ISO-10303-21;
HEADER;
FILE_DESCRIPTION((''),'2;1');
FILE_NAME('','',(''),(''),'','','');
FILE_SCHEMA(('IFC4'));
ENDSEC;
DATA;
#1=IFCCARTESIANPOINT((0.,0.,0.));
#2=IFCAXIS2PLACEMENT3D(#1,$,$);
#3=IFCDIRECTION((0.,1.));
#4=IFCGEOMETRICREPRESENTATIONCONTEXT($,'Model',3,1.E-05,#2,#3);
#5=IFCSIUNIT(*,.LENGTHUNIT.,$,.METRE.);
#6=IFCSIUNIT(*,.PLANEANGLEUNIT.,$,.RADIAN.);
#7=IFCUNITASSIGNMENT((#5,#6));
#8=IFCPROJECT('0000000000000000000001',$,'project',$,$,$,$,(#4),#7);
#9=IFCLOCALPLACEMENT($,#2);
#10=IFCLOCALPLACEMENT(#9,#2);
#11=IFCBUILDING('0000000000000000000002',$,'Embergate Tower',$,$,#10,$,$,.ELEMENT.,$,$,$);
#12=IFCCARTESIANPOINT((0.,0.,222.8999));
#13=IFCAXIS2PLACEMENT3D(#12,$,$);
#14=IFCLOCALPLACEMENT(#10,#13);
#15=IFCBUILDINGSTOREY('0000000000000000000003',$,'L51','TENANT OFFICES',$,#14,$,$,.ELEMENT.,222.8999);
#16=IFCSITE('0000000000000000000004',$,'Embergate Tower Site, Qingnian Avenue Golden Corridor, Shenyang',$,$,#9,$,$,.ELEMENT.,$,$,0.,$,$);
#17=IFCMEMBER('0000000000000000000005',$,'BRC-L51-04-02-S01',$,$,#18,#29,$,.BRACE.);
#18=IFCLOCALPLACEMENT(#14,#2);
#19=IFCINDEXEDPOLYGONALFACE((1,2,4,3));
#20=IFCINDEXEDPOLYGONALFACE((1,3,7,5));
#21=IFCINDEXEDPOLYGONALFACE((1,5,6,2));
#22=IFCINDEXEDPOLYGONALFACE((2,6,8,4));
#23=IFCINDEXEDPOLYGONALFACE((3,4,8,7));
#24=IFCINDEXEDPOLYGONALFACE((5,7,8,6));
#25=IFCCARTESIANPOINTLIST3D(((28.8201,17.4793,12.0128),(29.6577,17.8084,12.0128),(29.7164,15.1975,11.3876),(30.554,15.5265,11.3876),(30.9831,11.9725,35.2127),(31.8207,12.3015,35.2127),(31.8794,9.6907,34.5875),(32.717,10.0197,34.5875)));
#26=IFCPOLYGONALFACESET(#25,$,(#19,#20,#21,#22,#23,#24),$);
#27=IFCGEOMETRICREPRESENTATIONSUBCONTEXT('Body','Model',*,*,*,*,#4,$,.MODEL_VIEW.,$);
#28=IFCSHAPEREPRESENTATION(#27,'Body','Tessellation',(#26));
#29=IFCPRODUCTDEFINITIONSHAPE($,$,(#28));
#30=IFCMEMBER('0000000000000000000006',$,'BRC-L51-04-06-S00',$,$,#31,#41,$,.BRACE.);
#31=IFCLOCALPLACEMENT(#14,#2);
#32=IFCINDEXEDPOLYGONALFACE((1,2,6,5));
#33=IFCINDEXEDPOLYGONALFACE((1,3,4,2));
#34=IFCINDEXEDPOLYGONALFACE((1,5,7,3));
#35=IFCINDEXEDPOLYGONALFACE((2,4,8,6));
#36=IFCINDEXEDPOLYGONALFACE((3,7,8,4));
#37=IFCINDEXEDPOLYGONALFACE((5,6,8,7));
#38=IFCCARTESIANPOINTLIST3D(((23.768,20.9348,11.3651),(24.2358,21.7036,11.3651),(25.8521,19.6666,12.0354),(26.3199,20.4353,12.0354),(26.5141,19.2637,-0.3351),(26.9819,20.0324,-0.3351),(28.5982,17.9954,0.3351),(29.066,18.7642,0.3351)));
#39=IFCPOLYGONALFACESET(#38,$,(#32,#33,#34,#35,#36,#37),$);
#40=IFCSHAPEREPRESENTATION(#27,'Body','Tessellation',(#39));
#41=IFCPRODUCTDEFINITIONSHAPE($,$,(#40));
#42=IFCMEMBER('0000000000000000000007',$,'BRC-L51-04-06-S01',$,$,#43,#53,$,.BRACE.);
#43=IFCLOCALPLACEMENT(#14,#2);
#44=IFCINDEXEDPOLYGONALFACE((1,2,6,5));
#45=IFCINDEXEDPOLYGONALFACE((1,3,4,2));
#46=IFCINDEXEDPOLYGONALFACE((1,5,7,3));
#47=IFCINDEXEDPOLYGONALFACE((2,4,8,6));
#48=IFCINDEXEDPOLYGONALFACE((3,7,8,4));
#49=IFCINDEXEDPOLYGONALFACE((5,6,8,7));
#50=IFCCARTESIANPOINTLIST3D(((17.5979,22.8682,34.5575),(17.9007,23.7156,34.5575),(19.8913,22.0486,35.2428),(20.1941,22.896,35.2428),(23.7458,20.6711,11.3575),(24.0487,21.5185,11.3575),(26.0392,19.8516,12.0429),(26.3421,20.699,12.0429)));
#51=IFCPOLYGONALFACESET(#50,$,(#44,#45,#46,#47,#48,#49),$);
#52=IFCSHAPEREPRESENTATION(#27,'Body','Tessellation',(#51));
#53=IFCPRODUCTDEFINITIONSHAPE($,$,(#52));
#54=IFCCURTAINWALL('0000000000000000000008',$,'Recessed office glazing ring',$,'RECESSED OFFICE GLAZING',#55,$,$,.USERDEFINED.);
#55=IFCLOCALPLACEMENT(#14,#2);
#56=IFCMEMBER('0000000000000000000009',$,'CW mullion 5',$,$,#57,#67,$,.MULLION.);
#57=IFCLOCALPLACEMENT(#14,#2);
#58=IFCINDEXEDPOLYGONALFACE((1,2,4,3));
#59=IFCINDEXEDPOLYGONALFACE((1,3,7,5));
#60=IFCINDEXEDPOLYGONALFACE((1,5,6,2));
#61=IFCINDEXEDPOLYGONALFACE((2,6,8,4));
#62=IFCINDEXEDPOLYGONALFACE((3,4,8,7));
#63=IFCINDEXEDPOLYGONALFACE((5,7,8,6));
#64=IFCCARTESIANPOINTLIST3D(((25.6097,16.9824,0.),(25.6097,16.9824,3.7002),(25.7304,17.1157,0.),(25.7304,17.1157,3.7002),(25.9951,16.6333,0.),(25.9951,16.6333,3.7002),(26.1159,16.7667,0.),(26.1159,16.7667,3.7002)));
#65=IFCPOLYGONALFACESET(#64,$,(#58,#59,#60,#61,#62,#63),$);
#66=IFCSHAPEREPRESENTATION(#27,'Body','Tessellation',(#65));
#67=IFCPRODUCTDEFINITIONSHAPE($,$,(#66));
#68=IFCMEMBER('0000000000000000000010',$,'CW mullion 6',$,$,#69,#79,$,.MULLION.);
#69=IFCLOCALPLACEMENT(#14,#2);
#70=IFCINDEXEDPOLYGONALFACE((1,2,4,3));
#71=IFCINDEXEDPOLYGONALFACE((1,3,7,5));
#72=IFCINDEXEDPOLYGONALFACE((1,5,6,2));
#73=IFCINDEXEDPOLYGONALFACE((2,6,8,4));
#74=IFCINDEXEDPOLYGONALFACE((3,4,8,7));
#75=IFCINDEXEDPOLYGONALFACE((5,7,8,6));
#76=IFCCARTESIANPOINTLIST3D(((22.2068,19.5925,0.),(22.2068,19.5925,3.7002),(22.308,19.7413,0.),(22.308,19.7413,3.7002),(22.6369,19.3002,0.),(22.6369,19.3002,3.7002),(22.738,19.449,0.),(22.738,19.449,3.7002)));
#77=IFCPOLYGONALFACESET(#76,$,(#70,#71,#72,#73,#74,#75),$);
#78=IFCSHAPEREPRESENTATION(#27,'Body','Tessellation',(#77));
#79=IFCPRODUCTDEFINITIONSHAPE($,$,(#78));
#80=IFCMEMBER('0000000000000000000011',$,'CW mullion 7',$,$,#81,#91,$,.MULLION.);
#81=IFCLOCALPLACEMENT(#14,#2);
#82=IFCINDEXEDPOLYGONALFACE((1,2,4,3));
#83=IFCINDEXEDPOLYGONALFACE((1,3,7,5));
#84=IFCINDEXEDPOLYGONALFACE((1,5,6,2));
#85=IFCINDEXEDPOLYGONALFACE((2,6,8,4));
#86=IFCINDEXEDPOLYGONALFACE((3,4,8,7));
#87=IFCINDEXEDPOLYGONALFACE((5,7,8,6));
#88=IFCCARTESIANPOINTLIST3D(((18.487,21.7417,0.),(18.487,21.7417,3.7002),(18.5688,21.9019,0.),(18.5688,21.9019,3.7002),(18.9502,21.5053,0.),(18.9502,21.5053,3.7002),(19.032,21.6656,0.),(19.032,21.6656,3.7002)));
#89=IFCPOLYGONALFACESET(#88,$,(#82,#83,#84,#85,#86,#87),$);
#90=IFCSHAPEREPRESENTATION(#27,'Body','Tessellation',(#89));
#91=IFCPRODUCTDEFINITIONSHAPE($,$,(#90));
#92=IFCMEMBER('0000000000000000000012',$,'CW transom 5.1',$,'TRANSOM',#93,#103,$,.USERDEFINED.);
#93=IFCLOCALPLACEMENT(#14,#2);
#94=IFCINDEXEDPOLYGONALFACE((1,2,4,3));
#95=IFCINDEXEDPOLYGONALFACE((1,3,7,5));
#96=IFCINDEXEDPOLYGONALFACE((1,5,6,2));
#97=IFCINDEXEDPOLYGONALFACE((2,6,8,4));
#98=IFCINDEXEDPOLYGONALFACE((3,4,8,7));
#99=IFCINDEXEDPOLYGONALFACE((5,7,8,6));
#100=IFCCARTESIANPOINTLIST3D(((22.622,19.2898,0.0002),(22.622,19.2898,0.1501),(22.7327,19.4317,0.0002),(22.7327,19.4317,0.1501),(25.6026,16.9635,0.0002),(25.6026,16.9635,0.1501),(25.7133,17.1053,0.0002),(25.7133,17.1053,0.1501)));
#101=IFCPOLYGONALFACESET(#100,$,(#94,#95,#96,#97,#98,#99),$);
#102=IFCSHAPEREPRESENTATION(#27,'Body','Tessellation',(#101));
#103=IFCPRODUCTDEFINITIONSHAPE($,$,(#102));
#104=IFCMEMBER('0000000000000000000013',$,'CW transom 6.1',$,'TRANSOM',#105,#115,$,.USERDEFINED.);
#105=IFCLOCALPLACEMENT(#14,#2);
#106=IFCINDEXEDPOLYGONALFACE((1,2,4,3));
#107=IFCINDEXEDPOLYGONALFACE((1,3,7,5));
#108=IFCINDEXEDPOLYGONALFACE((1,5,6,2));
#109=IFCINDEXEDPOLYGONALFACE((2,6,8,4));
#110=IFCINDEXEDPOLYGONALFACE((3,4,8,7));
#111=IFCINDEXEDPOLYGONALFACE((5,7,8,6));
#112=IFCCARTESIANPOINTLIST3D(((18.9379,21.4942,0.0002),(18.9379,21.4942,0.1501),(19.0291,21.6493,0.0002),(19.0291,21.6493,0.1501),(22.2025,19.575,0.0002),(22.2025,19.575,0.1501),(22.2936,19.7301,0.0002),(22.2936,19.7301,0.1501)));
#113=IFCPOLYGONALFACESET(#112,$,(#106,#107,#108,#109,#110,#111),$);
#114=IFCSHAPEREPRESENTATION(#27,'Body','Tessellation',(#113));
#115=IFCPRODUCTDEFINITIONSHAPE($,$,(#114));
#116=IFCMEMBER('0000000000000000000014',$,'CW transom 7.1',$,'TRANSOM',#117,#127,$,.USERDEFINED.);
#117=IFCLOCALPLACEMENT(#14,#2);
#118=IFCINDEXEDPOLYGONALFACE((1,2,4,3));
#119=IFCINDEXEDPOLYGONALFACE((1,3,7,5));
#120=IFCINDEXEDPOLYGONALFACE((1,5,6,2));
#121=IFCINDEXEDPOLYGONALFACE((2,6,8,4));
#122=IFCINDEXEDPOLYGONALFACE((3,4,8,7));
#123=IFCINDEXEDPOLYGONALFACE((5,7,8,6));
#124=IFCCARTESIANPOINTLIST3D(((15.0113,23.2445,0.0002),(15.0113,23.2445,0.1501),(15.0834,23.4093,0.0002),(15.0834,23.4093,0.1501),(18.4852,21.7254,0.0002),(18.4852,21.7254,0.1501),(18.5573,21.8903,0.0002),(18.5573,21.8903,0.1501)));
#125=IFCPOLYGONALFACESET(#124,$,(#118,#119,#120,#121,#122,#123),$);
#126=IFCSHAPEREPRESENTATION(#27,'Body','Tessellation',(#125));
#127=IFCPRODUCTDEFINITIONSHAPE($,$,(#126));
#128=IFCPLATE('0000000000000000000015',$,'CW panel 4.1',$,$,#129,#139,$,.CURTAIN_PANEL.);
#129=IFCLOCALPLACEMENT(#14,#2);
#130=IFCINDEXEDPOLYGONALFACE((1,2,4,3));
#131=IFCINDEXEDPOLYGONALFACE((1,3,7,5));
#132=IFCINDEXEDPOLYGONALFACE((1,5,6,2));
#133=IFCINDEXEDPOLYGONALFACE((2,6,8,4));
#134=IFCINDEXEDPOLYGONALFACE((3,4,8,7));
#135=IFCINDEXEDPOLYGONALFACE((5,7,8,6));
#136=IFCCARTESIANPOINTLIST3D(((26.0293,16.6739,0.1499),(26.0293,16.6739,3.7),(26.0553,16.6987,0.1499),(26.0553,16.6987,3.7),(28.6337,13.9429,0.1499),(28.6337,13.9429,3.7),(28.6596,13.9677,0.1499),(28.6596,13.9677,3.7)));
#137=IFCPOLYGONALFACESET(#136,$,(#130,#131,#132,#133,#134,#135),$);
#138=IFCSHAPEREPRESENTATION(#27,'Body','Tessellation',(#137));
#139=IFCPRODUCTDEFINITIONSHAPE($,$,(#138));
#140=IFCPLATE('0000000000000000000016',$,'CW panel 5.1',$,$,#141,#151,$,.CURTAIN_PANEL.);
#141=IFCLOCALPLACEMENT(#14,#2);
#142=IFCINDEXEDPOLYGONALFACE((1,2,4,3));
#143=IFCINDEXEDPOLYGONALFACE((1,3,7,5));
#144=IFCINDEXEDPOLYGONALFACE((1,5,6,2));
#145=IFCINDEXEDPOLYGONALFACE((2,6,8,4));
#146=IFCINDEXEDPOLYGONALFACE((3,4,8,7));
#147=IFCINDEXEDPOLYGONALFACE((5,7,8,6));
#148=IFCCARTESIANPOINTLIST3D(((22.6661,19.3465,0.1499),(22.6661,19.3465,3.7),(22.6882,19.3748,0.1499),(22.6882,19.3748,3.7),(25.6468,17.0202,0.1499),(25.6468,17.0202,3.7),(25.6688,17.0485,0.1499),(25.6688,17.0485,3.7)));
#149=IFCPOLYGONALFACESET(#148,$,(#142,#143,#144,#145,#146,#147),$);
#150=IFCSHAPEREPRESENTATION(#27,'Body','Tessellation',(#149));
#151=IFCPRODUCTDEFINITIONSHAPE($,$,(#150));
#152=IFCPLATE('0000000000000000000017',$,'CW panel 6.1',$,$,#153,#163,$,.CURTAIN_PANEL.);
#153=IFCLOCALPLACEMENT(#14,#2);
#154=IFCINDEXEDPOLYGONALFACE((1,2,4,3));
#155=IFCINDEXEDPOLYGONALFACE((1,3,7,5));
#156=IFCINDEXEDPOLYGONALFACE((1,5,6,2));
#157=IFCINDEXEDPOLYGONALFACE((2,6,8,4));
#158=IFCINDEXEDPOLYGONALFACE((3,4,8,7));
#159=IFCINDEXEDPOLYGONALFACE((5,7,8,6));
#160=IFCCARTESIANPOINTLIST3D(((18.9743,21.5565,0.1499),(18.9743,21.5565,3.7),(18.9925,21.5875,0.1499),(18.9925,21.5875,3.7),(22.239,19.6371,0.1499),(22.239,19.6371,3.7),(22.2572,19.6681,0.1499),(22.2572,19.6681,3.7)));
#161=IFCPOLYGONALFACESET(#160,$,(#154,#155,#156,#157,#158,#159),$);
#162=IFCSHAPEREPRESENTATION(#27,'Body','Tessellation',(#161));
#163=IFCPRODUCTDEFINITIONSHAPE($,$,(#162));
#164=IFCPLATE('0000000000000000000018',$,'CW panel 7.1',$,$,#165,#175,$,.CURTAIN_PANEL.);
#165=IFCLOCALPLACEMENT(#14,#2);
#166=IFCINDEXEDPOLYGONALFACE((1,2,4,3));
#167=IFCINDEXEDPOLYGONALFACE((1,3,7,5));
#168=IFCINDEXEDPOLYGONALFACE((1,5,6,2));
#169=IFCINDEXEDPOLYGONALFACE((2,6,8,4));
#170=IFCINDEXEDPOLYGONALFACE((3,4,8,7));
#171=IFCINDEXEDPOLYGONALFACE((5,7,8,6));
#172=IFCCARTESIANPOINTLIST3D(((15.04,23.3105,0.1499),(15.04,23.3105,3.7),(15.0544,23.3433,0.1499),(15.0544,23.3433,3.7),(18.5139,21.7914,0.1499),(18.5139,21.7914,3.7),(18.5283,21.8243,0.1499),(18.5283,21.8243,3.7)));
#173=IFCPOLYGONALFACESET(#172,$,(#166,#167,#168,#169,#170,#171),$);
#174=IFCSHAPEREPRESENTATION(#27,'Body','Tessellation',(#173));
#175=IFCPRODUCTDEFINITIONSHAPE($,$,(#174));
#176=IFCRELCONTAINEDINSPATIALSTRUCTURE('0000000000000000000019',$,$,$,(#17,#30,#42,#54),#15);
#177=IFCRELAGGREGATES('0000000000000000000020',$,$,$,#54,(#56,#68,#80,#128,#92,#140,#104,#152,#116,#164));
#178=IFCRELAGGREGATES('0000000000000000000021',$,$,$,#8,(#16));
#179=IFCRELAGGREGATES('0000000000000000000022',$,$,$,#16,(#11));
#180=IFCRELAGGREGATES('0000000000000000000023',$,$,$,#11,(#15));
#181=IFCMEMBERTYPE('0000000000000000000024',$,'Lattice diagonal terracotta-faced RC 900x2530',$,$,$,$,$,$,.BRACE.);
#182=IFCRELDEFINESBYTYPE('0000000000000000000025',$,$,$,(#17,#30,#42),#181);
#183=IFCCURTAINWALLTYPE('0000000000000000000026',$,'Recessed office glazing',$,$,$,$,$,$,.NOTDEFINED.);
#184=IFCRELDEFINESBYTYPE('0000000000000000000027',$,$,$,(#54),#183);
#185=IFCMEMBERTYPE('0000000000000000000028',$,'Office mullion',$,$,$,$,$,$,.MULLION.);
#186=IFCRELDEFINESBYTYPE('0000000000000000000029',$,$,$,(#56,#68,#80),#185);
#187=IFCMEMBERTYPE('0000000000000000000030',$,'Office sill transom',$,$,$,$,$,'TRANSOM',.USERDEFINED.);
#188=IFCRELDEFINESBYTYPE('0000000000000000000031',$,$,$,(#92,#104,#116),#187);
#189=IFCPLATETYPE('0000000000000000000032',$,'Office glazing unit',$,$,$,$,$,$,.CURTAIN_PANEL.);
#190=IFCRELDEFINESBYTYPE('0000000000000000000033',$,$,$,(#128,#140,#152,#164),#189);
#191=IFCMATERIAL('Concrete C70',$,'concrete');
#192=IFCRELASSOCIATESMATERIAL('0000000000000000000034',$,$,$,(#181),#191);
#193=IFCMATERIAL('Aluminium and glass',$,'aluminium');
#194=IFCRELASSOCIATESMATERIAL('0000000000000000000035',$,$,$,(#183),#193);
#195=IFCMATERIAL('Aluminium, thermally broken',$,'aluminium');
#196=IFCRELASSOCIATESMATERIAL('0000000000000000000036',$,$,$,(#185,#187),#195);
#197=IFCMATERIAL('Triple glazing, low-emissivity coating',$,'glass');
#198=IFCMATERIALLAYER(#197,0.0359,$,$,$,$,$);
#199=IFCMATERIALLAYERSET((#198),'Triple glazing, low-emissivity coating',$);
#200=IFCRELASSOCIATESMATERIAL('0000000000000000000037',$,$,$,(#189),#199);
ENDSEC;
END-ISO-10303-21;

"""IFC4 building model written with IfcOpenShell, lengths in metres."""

from ifc_helpers import new_model, si_unit, direction, frame, origin, origin_2d, place, context, subcontext, project, spatial, rectangle, extrude, source, transform, mapped, material, layer, layer_set, material_profile, profile_set, type_object, element, aggregate, save


model = new_model("IFC4")

# Units and contexts
model_context = context("Model", 3, precision=1e-05, world=origin(), true_north=direction((0.0, 1.0)))
body_context = subcontext(model_context, "Body", "Model", "MODEL_VIEW")
ifc_project = project(units=[si_unit("LENGTHUNIT", "METRE"), si_unit("PLANEANGLEUNIT", "RADIAN")], contexts=[model_context])

# Site, building, storey
site_placement = place(None, origin())
site = spatial("IfcSite", under=ifc_project, at=site_placement, Name="Embergate Tower Site, Qingnian Avenue Golden Corridor, Shenyang", CompositionType="ELEMENT", RefElevation=0.0)
building_placement = place(site_placement, origin())
building = spatial("IfcBuilding", under=site, at=building_placement, Name="Embergate Tower", CompositionType="ELEMENT")
storey_placement = place(building_placement, frame((0.0, 0.0, 222.8999)))
storey = spatial("IfcBuildingStorey", under=building, at=storey_placement, Name="L51", Description="TENANT OFFICES", CompositionType="ELEMENT", Elevation=222.8999)

# Members
ifc_material_1 = material(Name="Concrete C70", Category="concrete")
ifc_material_profile_1 = material_profile(ifc_material_1, rectangle(XDim=0.8999, YDim=2.53, at=origin_2d()), Name="RC 900x2530")
ifc_profile_set_1 = profile_set([ifc_material_profile_1], Name="Concrete C70")
member_type_1 = type_object("IfcMemberType", Name="Lattice diagonal terracotta-faced RC 900x2530", PredefinedType="BRACE", material=ifc_profile_set_1)
shared_shape_1 = source(origin(), body_context, "Body", "SweptSolid", [
    extrude(rectangle(XDim=0.8999, YDim=2.53, at=origin_2d()), origin(), (0.0, 0.0, 1.0), 23.9424),
])
member_1_placement = place(storey_placement, frame((29.687, 16.5029, 11.7002), z_axis=(0.090345, -0.230003, 0.968987), x_axis=(0.93077, 0.365606, 0.0)))
element("IfcMember", 1, at=member_1_placement, inside=storey, type_object=member_type_1, Name="BRC-L51-04-02-S01", PredefinedType="BRACE", context=body_context, shape_type="MappedRepresentation", body=[
    mapped(shared_shape_1, transform((0.0, 0.0, 0.0))),
])
shared_shape_2 = source(origin(), body_context, "Body", "SweptSolid", [
    extrude(rectangle(XDim=0.8999, YDim=2.53, at=origin_2d()), origin(), (0.0, 0.0, 1.0), 12.1338),
])
member_2_placement = place(storey_placement, frame((27.79, 19.0139, 0.0), z_axis=(-0.226318, 0.137727, 0.964267), x_axis=(-0.519858, -0.854253, 0.0)))
element("IfcMember", 2, at=member_2_placement, inside=storey, type_object=member_type_1, Name="BRC-L51-04-06-S00", PredefinedType="BRACE", context=body_context, shape_type="MappedRepresentation", body=[
    mapped(shared_shape_2, transform((0.0, 0.0, 0.0))),
])
shared_shape_3 = source(origin(), body_context, "Body", "SweptSolid", [
    extrude(rectangle(XDim=0.8999, YDim=2.53, at=origin_2d()), origin(), (0.0, 0.0, 1.0), 24.1011),
])
member_3_placement = place(storey_placement, frame((25.0439, 20.6851, 11.7002), z_axis=(-0.25509, 0.091159, 0.962611), x_axis=(-0.336516, -0.941678, 0.0)))
element("IfcMember", 3, at=member_3_placement, inside=storey, type_object=member_type_1, Name="BRC-L51-04-06-S01", PredefinedType="BRACE", context=body_context, shape_type="MappedRepresentation", body=[
    mapped(shared_shape_3, transform((0.0, 0.0, 0.0))),
])

# Curtain wall, members, plates
ifc_material_2 = material(Name="Aluminium and glass", Category="aluminium")
curtain_wall_type = type_object("IfcCurtainWallType", Name="Recessed office glazing", PredefinedType="NOTDEFINED", material=ifc_material_2)
curtain_wall_placement = place(storey_placement, origin())
curtain_wall = element("IfcCurtainWall", 4, at=curtain_wall_placement, inside=storey, type_object=curtain_wall_type, Name="Recessed office glazing ring", ObjectType="RECESSED OFFICE GLAZING", PredefinedType="USERDEFINED")
ifc_material_3 = material(Name="Aluminium, thermally broken", Category="aluminium")
ifc_material_profile_2 = material_profile(ifc_material_3, rectangle(XDim=0.1799, YDim=0.52, at=origin_2d()), Name="AL 520x180")
ifc_profile_set_2 = profile_set([ifc_material_profile_2], Name="Aluminium, thermally broken")
member_type_2 = type_object("IfcMemberType", Name="Office mullion", PredefinedType="MULLION", material=ifc_profile_set_2)
shared_shape_4 = source(origin(), body_context, "Body", "SweptSolid", [
    extrude(rectangle(XDim=0.1799, YDim=0.52, at=origin_2d()), origin(), (0.0, 0.0, 1.0), 3.7002),
])
member_4_placement = place(storey_placement, frame((25.8628, 16.8745, 0.0), z_axis=(0.0, 0.0, 1.0), x_axis=(-0.671228, -0.741251, 0.0)))
member_4 = element("IfcMember", 5, at=member_4_placement, type_object=member_type_2, Name="CW mullion 5", PredefinedType="MULLION", context=body_context, shape_type="MappedRepresentation", body=[
    mapped(shared_shape_4, transform((0.0, 0.0, 0.0))),
])
member_5_placement = place(storey_placement, frame((22.4724, 19.5208, 0.0), z_axis=(0.0, 0.0, 1.0), x_axis=(-0.562219, -0.826988, 0.0)))
member_5 = element("IfcMember", 6, at=member_5_placement, type_object=member_type_2, Name="CW mullion 6", PredefinedType="MULLION", context=body_context, shape_type="MappedRepresentation", body=[
    mapped(shared_shape_4, transform((0.0, 0.0, 0.0))),
])
member_6_placement = place(storey_placement, frame((18.7595, 21.7036, 0.0), z_axis=(0.0, 0.0, 1.0), x_axis=(-0.454513, -0.89074, 0.0)))
member_6 = element("IfcMember", 7, at=member_6_placement, type_object=member_type_2, Name="CW mullion 7", PredefinedType="MULLION", context=body_context, shape_type="MappedRepresentation", body=[
    mapped(shared_shape_4, transform((0.0, 0.0, 0.0))),
])
ifc_material_profile_3 = material_profile(ifc_material_3, rectangle(XDim=0.1799, YDim=0.1499, at=origin_2d()), Name="AL 150x180")
ifc_profile_set_3 = profile_set([ifc_material_profile_3], Name="Aluminium, thermally broken")
member_type_3 = type_object("IfcMemberType", Name="Office sill transom", ElementType="TRANSOM", PredefinedType="USERDEFINED", material=ifc_profile_set_3)
shared_shape_5 = source(origin(), body_context, "Body", "SweptSolid", [
    extrude(rectangle(XDim=0.1799, YDim=0.1499, at=origin_2d()), origin(), (0.0, 0.0, 1.0), 3.781),
])
member_7_placement = place(storey_placement, frame((25.658, 17.0344, 0.0752), z_axis=(-0.788315, 0.615272, 0.0), x_axis=(-0.615272, -0.788315, 0.0)))
member_7 = element("IfcMember", 8, at=member_7_placement, type_object=member_type_3, Name="CW transom 5.1", ObjectType="TRANSOM", PredefinedType="USERDEFINED", context=body_context, shape_type="MappedRepresentation", body=[
    mapped(shared_shape_5, transform((0.0, 0.0, 0.0))),
])
shared_shape_6 = source(origin(), body_context, "Body", "SweptSolid", [
    extrude(rectangle(XDim=0.1799, YDim=0.1499, at=origin_2d()), origin(), (0.0, 0.0, 1.0), 3.7869),
])
member_8_placement = place(storey_placement, frame((22.248, 19.6526, 0.0752), z_axis=(-0.862072, 0.506786, 0.0), x_axis=(-0.506786, -0.862072, 0.0)))
member_8 = element("IfcMember", 9, at=member_8_placement, type_object=member_type_3, Name="CW transom 6.1", ObjectType="TRANSOM", PredefinedType="USERDEFINED", context=body_context, shape_type="MappedRepresentation", body=[
    mapped(shared_shape_6, transform((0.0, 0.0, 0.0))),
])
shared_shape_7 = source(origin(), body_context, "Body", "SweptSolid", [
    extrude(rectangle(XDim=0.1799, YDim=0.1499, at=origin_2d()), origin(), (0.0, 0.0, 1.0), 3.7915),
])
member_9_placement = place(storey_placement, frame((18.5212, 21.8079, 0.0752), z_axis=(-0.916233, 0.400647, 0.0), x_axis=(-0.400647, -0.916233, 0.0)))
member_9 = element("IfcMember", 10, at=member_9_placement, type_object=member_type_3, Name="CW transom 7.1", ObjectType="TRANSOM", PredefinedType="USERDEFINED", context=body_context, shape_type="MappedRepresentation", body=[
    mapped(shared_shape_7, transform((0.0, 0.0, 0.0))),
])
ifc_material_4 = material(Name="Triple glazing, low-emissivity coating", Category="glass")
ifc_layer_1 = layer(ifc_material_4, 0.0359)
ifc_layer_set_1 = layer_set([ifc_layer_1], Name="Triple glazing, low-emissivity coating")
plate_type = type_object("IfcPlateType", Name="Office glazing unit", PredefinedType="CURTAIN_PANEL", material=ifc_layer_set_1)
shared_shape_8 = source(origin(), body_context, "Body", "SweptSolid", [
    extrude(rectangle(XDim=3.7737, YDim=0.0359, at=origin_2d()), origin(), (0.0, 0.0, 1.0), 3.55),
])
plate_1_placement = place(storey_placement, frame((27.3445, 15.3208, 0.1499), z_axis=(0.0, 0.0, 1.0), x_axis=(-0.69013, 0.723685, 0.0)))
plate_1 = element("IfcPlate", 11, at=plate_1_placement, type_object=plate_type, Name="CW panel 4.1", PredefinedType="CURTAIN_PANEL", context=body_context, shape_type="MappedRepresentation", body=[
    mapped(shared_shape_8, transform((0.0, 0.0, 0.0))),
])
shared_shape_9 = source(origin(), body_context, "Body", "SweptSolid", [
    extrude(rectangle(XDim=3.781, YDim=0.0359, at=origin_2d()), origin(), (0.0, 0.0, 1.0), 3.55),
])
plate_2_placement = place(storey_placement, frame((24.1675, 18.1975, 0.1499), z_axis=(0.0, 0.0, 1.0), x_axis=(-0.788317, 0.615269, 0.0)))
plate_2 = element("IfcPlate", 12, at=plate_2_placement, type_object=plate_type, Name="CW panel 5.1", PredefinedType="CURTAIN_PANEL", context=body_context, shape_type="MappedRepresentation", body=[
    mapped(shared_shape_9, transform((0.0, 0.0, 0.0))),
])
shared_shape_10 = source(origin(), body_context, "Body", "SweptSolid", [
    extrude(rectangle(XDim=3.7871, YDim=0.0359, at=origin_2d()), origin(), (0.0, 0.0, 1.0), 3.55),
])
plate_3_placement = place(storey_placement, frame((20.6157, 20.6123, 0.1499), z_axis=(0.0, 0.0, 1.0), x_axis=(-0.862051, 0.506822, 0.0)))
plate_3 = element("IfcPlate", 13, at=plate_3_placement, type_object=plate_type, Name="CW panel 6.1", PredefinedType="CURTAIN_PANEL", context=body_context, shape_type="MappedRepresentation", body=[
    mapped(shared_shape_10, transform((0.0, 0.0, 0.0))),
])
shared_shape_11 = source(origin(), body_context, "Body", "SweptSolid", [
    extrude(rectangle(XDim=3.7915, YDim=0.0359, at=origin_2d()), origin(), (0.0, 0.0, 1.0), 3.55),
])
plate_4_placement = place(storey_placement, frame((16.7842, 22.5674, 0.1499), z_axis=(0.0, 0.0, 1.0), x_axis=(-0.916234, 0.400643, 0.0)))
plate_4 = element("IfcPlate", 14, at=plate_4_placement, type_object=plate_type, Name="CW panel 7.1", PredefinedType="CURTAIN_PANEL", context=body_context, shape_type="MappedRepresentation", body=[
    mapped(shared_shape_11, transform((0.0, 0.0, 0.0))),
])
aggregate(curtain_wall, [member_4, member_5, member_6, plate_1, member_7, plate_2, member_8, plate_3, member_9, plate_4])

save(model, "model.ifc")
